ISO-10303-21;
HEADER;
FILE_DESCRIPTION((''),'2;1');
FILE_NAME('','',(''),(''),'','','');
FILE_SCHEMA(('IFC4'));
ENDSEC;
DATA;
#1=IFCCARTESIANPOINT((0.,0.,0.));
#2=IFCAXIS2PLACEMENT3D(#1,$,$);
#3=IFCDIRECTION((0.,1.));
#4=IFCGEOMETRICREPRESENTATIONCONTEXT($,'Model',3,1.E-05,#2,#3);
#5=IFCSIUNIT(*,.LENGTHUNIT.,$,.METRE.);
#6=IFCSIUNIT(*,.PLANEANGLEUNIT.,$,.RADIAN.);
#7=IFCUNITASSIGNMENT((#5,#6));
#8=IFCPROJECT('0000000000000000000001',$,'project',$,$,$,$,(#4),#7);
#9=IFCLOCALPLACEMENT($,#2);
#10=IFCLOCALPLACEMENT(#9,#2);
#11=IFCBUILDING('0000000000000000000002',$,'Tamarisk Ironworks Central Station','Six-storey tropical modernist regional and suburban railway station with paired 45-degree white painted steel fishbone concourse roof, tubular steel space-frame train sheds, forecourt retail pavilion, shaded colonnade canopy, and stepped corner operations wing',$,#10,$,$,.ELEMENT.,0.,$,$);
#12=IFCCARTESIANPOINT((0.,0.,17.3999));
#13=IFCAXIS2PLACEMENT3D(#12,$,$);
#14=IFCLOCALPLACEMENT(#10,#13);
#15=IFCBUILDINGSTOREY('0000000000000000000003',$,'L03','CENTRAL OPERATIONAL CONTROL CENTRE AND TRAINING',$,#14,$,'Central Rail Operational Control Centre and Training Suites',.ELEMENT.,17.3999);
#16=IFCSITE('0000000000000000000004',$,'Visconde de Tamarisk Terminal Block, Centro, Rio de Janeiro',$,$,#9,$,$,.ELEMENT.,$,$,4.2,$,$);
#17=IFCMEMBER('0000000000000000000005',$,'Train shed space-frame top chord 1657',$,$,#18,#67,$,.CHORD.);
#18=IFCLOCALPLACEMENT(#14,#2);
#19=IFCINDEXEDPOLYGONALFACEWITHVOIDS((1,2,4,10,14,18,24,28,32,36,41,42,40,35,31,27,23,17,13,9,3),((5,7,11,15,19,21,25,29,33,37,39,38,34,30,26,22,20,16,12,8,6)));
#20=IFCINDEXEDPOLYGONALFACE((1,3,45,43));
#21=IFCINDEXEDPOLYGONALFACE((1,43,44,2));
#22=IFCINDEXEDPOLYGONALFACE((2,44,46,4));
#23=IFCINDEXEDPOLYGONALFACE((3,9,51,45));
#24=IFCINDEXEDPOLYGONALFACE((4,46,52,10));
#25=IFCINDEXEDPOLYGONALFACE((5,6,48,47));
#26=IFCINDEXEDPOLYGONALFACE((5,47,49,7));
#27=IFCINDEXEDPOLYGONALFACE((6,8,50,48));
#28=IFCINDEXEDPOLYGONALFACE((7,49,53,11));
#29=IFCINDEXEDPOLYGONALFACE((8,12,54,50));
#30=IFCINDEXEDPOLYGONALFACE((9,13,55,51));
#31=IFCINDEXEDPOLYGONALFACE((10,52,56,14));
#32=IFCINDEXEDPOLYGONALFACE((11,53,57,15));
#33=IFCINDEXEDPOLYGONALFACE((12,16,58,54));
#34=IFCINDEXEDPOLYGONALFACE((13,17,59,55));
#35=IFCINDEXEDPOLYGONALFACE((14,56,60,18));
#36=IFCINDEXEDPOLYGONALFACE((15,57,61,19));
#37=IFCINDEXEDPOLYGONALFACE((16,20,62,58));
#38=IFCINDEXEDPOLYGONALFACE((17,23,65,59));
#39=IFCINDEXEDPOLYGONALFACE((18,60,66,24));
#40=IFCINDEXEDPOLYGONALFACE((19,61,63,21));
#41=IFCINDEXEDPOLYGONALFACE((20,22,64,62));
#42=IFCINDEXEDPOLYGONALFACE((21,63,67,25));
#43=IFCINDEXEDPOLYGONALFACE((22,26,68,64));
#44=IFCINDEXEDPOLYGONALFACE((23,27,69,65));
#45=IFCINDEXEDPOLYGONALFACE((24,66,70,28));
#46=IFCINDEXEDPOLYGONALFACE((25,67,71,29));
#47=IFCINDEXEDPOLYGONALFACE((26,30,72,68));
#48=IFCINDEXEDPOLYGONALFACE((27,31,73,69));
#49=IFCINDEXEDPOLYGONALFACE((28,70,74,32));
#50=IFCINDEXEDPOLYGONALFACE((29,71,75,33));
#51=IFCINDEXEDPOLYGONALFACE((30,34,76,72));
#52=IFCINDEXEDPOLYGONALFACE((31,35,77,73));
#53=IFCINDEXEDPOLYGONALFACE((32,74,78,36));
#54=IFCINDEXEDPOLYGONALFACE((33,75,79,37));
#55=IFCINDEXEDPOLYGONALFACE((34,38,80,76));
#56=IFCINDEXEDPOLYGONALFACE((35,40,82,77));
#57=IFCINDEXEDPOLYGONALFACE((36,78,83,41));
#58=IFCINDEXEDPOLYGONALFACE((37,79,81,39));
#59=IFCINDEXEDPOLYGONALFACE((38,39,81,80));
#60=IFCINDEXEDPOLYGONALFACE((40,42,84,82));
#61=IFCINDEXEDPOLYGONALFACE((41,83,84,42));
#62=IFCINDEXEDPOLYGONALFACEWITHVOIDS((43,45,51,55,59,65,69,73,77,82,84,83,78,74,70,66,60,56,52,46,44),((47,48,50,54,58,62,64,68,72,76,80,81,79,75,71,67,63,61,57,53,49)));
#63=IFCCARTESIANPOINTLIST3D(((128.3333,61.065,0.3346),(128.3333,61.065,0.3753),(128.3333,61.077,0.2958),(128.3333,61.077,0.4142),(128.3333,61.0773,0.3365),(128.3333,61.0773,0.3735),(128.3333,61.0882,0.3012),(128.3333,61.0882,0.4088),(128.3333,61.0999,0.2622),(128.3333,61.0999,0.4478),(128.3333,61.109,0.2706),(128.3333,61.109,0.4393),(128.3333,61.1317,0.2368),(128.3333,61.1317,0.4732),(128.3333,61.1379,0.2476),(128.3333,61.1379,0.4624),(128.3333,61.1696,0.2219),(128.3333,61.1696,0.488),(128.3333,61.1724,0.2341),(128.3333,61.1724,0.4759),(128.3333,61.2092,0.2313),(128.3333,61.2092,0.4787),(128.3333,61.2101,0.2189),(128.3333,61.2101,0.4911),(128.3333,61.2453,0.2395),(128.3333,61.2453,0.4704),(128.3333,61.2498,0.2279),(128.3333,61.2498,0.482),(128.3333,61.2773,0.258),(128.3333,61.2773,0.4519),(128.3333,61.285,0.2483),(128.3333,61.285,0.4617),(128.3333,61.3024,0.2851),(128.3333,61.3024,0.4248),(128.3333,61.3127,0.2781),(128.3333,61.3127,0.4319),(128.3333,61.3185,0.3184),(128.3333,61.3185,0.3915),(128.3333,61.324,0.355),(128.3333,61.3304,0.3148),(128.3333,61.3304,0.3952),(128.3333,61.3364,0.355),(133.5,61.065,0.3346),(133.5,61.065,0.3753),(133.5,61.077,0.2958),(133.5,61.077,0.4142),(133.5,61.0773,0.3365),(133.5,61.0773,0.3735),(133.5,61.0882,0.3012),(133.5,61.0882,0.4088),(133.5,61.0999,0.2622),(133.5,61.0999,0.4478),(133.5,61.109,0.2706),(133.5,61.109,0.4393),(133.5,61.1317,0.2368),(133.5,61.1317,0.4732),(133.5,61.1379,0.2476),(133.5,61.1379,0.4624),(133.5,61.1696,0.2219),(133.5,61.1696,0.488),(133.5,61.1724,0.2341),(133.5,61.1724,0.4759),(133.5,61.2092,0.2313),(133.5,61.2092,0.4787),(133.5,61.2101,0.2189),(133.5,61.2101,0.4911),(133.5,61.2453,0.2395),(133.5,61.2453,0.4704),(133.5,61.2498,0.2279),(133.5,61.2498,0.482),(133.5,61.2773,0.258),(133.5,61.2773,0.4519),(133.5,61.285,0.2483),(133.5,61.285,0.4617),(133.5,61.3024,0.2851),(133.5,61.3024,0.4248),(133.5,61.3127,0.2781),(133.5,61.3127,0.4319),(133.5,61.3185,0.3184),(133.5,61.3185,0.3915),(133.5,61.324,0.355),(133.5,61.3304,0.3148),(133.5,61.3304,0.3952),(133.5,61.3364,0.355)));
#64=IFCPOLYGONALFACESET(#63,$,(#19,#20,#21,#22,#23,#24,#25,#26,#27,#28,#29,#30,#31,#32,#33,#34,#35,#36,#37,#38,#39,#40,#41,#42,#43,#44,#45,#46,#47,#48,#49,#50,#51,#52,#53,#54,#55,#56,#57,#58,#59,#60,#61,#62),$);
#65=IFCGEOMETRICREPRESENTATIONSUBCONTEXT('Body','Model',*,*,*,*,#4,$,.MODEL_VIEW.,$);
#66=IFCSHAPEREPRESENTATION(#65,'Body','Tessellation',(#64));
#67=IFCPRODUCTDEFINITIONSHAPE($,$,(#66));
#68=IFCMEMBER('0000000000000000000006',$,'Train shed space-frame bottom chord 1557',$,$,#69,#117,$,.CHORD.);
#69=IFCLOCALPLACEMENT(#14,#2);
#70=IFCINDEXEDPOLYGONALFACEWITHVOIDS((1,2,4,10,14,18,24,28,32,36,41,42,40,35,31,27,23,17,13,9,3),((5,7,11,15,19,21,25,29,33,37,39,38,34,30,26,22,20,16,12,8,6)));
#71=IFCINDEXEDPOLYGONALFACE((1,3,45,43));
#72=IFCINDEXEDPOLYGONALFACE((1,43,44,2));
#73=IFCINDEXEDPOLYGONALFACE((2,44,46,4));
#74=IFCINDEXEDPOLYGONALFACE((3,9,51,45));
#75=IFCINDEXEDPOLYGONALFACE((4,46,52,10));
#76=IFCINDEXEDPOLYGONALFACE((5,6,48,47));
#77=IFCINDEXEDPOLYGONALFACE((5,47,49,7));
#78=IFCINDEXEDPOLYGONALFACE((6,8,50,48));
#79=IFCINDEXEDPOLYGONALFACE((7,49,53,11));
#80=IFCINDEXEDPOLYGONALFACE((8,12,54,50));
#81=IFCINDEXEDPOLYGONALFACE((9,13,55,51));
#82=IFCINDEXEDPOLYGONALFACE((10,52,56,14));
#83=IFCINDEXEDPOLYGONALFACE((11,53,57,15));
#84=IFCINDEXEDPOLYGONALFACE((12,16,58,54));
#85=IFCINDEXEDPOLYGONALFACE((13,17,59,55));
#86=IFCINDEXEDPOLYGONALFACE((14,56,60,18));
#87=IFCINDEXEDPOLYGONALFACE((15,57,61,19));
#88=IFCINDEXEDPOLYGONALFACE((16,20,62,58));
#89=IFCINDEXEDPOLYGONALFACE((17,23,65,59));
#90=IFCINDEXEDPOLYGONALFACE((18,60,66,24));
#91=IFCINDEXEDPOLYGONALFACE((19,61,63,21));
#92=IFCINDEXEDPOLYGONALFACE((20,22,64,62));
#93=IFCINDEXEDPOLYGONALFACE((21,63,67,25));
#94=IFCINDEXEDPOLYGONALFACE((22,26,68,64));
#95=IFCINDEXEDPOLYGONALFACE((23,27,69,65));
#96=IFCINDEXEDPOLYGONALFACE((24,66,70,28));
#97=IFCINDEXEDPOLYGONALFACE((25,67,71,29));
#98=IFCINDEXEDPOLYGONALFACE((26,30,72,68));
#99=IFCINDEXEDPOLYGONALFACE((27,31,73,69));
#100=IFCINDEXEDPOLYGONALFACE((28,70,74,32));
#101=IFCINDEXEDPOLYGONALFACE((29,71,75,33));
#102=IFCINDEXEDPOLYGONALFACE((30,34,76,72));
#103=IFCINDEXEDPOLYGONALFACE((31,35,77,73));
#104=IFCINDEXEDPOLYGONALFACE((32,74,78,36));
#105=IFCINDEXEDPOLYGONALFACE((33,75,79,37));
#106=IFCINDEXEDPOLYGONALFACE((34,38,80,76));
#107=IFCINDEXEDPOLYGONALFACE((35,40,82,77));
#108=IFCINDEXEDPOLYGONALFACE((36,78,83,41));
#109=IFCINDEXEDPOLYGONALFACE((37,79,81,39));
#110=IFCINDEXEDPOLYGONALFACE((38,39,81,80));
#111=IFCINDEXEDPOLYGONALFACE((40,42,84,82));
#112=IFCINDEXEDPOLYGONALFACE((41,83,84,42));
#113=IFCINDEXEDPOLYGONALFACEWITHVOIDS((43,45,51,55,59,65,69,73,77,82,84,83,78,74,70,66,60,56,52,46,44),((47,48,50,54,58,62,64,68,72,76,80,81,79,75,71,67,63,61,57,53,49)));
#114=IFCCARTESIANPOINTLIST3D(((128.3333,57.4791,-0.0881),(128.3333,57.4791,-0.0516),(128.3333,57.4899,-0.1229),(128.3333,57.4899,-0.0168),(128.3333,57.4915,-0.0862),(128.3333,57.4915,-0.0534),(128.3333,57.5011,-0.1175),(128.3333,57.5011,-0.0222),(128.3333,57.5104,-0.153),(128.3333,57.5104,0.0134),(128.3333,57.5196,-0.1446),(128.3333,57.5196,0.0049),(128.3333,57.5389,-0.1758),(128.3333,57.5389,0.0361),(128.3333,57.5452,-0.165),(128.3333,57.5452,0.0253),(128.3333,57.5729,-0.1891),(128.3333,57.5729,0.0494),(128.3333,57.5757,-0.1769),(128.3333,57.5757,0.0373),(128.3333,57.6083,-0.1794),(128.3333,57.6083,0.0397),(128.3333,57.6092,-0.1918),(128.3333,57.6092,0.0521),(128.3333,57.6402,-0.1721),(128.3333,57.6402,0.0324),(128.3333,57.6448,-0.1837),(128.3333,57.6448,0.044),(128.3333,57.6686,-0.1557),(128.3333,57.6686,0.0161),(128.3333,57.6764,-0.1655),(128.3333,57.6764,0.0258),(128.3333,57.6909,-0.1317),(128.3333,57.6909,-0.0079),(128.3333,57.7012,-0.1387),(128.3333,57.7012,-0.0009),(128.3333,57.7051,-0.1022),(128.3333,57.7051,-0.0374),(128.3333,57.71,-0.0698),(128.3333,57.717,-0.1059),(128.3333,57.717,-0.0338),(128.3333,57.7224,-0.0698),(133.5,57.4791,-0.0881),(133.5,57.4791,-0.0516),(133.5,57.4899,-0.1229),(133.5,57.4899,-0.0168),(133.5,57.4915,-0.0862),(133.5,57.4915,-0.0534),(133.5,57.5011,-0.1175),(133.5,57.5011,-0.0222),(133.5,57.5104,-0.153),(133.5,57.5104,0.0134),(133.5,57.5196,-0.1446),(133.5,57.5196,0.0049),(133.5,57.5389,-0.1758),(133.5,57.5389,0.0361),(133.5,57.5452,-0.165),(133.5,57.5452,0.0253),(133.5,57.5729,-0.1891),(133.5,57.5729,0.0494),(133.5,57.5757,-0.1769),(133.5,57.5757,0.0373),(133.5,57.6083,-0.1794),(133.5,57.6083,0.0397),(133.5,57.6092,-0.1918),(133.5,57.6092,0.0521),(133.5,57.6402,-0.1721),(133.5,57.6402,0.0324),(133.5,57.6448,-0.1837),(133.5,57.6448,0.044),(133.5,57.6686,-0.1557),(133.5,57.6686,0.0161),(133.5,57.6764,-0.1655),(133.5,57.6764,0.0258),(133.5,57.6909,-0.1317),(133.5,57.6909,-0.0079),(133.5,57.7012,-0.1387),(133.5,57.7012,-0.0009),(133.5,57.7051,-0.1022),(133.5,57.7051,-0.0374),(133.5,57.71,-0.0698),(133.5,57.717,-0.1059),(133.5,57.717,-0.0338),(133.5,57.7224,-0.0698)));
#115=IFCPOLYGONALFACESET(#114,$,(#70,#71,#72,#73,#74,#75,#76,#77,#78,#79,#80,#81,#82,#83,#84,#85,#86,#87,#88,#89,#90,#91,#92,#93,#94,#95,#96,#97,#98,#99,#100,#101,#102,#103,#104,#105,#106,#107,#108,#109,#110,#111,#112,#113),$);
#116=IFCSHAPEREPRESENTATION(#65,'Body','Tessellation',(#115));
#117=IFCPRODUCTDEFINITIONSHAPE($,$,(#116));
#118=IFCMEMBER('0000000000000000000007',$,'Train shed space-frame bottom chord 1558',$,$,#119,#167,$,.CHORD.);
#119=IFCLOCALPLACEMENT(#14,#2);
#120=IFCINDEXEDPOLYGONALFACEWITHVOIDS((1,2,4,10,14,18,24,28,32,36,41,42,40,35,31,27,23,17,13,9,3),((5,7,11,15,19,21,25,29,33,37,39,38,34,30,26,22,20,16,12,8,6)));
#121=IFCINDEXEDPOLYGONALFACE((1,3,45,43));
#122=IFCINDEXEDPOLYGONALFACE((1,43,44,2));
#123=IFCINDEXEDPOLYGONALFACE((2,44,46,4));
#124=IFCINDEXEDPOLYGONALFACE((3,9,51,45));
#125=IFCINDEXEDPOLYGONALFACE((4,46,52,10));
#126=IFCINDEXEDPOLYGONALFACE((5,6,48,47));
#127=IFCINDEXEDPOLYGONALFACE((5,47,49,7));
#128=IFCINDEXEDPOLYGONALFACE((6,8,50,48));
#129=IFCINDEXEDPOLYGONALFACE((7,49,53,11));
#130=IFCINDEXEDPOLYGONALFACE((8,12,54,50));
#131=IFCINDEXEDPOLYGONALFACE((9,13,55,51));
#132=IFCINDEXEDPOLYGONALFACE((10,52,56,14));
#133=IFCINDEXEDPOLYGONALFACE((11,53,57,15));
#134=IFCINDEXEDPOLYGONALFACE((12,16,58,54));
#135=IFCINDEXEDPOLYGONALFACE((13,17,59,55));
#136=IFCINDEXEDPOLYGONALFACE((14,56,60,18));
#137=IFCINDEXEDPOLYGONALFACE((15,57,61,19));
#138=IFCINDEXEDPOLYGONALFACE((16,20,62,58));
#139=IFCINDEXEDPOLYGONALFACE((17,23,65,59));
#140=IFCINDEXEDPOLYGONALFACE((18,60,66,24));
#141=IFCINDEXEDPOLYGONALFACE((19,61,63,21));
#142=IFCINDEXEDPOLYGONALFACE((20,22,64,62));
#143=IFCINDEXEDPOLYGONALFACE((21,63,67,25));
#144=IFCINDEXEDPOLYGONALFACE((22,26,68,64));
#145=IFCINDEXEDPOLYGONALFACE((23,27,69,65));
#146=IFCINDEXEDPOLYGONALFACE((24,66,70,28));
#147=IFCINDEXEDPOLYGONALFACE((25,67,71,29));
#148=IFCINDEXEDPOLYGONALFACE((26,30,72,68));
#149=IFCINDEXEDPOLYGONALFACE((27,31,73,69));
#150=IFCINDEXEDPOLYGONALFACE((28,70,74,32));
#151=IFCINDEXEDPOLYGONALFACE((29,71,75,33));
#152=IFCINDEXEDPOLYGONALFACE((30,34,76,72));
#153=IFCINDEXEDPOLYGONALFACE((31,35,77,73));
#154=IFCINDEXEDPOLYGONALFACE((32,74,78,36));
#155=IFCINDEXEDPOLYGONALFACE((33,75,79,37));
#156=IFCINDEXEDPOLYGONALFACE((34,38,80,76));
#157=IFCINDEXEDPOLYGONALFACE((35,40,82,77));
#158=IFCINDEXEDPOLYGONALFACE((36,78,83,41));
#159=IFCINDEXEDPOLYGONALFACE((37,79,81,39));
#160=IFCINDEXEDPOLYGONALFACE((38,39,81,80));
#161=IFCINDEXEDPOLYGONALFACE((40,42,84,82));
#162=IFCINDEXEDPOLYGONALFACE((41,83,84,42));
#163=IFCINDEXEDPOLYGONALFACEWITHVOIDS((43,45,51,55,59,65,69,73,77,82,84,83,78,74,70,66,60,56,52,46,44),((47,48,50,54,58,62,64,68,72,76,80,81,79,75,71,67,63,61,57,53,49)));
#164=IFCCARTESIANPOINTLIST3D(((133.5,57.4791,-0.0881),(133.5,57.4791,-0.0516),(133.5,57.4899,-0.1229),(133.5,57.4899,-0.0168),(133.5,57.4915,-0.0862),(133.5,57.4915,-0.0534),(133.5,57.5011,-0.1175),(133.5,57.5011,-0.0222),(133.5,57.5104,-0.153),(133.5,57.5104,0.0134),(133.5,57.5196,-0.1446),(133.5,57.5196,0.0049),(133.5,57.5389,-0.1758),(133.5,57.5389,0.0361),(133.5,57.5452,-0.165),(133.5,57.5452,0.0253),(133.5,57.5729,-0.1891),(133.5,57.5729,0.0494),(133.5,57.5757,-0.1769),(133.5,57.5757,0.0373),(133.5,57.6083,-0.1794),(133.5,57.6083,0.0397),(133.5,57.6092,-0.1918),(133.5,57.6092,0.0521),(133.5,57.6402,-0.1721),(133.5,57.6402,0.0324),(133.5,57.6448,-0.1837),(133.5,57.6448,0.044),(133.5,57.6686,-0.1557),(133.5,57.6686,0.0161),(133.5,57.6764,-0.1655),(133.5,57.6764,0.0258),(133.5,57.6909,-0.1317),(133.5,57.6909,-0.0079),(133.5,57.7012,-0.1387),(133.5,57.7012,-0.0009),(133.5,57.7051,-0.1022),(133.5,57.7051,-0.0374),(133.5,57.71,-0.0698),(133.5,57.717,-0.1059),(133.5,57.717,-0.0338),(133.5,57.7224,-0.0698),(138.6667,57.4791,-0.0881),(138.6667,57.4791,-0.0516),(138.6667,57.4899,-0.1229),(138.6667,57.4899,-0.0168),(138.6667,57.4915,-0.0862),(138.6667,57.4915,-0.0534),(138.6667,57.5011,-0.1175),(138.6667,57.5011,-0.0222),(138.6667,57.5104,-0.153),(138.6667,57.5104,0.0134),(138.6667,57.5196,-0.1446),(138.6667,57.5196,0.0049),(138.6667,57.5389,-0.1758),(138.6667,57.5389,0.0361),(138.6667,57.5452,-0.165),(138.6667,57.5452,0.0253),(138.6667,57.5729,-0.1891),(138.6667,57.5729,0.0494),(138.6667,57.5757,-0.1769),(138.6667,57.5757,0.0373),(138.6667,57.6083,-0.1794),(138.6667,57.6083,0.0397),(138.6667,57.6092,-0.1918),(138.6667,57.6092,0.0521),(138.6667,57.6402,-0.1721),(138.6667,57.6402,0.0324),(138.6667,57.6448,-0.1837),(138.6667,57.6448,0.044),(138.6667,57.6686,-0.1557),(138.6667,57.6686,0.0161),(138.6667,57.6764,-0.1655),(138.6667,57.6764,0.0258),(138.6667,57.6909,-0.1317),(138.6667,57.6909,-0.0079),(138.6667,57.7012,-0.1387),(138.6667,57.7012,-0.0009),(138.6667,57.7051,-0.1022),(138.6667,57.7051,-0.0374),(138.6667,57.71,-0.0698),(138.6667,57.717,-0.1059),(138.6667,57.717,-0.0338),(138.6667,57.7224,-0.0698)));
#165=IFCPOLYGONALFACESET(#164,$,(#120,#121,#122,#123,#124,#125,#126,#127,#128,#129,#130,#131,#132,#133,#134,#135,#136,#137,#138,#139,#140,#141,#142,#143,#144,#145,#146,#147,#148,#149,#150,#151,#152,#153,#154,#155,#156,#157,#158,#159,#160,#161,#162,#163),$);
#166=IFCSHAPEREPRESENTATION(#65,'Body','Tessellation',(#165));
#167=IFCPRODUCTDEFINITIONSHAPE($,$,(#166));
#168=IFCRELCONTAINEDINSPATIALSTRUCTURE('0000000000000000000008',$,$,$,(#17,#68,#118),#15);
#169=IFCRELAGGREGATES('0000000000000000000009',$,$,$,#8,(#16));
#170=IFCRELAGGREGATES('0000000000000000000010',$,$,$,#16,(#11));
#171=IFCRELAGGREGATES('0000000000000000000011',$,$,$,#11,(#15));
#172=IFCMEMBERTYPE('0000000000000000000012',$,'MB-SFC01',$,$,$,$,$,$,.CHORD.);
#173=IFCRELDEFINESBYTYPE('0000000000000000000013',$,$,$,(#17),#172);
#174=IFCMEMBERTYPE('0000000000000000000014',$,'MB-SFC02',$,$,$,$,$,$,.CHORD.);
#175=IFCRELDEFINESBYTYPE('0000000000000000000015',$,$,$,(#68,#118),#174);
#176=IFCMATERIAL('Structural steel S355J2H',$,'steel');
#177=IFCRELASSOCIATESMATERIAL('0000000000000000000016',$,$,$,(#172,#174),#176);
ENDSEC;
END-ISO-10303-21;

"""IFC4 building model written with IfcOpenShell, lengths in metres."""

from ifc_helpers import new_model, si_unit, direction, frame, origin, origin_2d, place, context, subcontext, project, spatial, hollow_circle, extrude, material, material_profile, profile_set, type_object, element, save


model = new_model("IFC4")

# Units and contexts
model_context = context("Model", 3, precision=1e-05, world=origin(), true_north=direction((0.0, 1.0)))
body_context = subcontext(model_context, "Body", "Model", "MODEL_VIEW")
ifc_project = project(units=[si_unit("LENGTHUNIT", "METRE"), si_unit("PLANEANGLEUNIT", "RADIAN")], contexts=[model_context])

# Site, building, storey
site_placement = place(None, origin())
site = spatial("IfcSite", under=ifc_project, at=site_placement, Name="Visconde de Tamarisk Terminal Block, Centro, Rio de Janeiro", CompositionType="ELEMENT", RefElevation=4.2)
building_placement = place(site_placement, origin())
building = spatial("IfcBuilding", under=site, at=building_placement, Name="Tamarisk Ironworks Central Station", Description="Six-storey tropical modernist regional and suburban railway station with paired 45-degree white painted steel fishbone concourse roof, tubular steel space-frame train sheds, forecourt retail pavilion, shaded colonnade canopy, and stepped corner operations wing", CompositionType="ELEMENT", ElevationOfRefHeight=0.0)
storey_placement = place(building_placement, frame((0.0, 0.0, 17.3999)))
storey = spatial("IfcBuildingStorey", under=building, at=storey_placement, Name="L03", Description="CENTRAL OPERATIONAL CONTROL CENTRE AND TRAINING", LongName="Central Rail Operational Control Centre and Training Suites", CompositionType="ELEMENT", Elevation=17.3999)

# Members
ifc_material = material(Name="Structural steel S355J2H", Category="steel")
ifc_material_profile_1 = material_profile(ifc_material, hollow_circle(Radius=0.1365, WallThickness=0.0125, at=origin_2d()), Name="CHS 273x12.5")
ifc_profile_set_1 = profile_set([ifc_material_profile_1], Name="Structural steel S355J2H")
member_type_1 = type_object("IfcMemberType", Name="MB-SFC01", PredefinedType="CHORD", material=ifc_profile_set_1)
member_1_placement = place(storey_placement, frame((128.3333, 61.2, 0.355), z_axis=(1.0, 0.0, 0.0), x_axis=(0.0, 1.0, 0.0)))
element("IfcMember", 1, at=member_1_placement, inside=storey, type_object=member_type_1, Name="Train shed space-frame top chord 1657", PredefinedType="CHORD", context=body_context, shape_type="SweptSolid", body=[
    extrude(hollow_circle(Radius=0.1365, WallThickness=0.0125, at=origin_2d()), origin(), (0.0, 0.0, 1.0), 5.1667),
])
ifc_material_profile_2 = material_profile(ifc_material, hollow_circle(Radius=0.1223, WallThickness=0.0125, at=origin_2d()), Name="CHS 244.5x12.5")
ifc_profile_set_2 = profile_set([ifc_material_profile_2], Name="Structural steel S355J2H")
member_type_2 = type_object("IfcMemberType", Name="MB-SFC02", PredefinedType="CHORD", material=ifc_profile_set_2)
for number, where, z_axis, x_axis, name in (
    (2, (128.3333, 57.6001, -0.0698), (1.0, 0.0, 0.0), (0.0, 1.0, 0.0), "Train shed space-frame bottom chord 1557"),
    (3, (133.5, 57.6001, -0.0698), (1.0, 0.0, 0.0), (0.0, 1.0, 0.0), "Train shed space-frame bottom chord 1558"),
):
    element("IfcMember", number, at=place(storey_placement, frame(where, z_axis=z_axis, x_axis=x_axis)), inside=storey, type_object=member_type_2, Name=name, PredefinedType="CHORD", context=body_context, shape_type="SweptSolid", body=[
        extrude(hollow_circle(Radius=0.1223, WallThickness=0.0125, at=origin_2d()), origin(), (0.0, 0.0, 1.0), 5.1667),
    ])

save(model, "model.ifc")
